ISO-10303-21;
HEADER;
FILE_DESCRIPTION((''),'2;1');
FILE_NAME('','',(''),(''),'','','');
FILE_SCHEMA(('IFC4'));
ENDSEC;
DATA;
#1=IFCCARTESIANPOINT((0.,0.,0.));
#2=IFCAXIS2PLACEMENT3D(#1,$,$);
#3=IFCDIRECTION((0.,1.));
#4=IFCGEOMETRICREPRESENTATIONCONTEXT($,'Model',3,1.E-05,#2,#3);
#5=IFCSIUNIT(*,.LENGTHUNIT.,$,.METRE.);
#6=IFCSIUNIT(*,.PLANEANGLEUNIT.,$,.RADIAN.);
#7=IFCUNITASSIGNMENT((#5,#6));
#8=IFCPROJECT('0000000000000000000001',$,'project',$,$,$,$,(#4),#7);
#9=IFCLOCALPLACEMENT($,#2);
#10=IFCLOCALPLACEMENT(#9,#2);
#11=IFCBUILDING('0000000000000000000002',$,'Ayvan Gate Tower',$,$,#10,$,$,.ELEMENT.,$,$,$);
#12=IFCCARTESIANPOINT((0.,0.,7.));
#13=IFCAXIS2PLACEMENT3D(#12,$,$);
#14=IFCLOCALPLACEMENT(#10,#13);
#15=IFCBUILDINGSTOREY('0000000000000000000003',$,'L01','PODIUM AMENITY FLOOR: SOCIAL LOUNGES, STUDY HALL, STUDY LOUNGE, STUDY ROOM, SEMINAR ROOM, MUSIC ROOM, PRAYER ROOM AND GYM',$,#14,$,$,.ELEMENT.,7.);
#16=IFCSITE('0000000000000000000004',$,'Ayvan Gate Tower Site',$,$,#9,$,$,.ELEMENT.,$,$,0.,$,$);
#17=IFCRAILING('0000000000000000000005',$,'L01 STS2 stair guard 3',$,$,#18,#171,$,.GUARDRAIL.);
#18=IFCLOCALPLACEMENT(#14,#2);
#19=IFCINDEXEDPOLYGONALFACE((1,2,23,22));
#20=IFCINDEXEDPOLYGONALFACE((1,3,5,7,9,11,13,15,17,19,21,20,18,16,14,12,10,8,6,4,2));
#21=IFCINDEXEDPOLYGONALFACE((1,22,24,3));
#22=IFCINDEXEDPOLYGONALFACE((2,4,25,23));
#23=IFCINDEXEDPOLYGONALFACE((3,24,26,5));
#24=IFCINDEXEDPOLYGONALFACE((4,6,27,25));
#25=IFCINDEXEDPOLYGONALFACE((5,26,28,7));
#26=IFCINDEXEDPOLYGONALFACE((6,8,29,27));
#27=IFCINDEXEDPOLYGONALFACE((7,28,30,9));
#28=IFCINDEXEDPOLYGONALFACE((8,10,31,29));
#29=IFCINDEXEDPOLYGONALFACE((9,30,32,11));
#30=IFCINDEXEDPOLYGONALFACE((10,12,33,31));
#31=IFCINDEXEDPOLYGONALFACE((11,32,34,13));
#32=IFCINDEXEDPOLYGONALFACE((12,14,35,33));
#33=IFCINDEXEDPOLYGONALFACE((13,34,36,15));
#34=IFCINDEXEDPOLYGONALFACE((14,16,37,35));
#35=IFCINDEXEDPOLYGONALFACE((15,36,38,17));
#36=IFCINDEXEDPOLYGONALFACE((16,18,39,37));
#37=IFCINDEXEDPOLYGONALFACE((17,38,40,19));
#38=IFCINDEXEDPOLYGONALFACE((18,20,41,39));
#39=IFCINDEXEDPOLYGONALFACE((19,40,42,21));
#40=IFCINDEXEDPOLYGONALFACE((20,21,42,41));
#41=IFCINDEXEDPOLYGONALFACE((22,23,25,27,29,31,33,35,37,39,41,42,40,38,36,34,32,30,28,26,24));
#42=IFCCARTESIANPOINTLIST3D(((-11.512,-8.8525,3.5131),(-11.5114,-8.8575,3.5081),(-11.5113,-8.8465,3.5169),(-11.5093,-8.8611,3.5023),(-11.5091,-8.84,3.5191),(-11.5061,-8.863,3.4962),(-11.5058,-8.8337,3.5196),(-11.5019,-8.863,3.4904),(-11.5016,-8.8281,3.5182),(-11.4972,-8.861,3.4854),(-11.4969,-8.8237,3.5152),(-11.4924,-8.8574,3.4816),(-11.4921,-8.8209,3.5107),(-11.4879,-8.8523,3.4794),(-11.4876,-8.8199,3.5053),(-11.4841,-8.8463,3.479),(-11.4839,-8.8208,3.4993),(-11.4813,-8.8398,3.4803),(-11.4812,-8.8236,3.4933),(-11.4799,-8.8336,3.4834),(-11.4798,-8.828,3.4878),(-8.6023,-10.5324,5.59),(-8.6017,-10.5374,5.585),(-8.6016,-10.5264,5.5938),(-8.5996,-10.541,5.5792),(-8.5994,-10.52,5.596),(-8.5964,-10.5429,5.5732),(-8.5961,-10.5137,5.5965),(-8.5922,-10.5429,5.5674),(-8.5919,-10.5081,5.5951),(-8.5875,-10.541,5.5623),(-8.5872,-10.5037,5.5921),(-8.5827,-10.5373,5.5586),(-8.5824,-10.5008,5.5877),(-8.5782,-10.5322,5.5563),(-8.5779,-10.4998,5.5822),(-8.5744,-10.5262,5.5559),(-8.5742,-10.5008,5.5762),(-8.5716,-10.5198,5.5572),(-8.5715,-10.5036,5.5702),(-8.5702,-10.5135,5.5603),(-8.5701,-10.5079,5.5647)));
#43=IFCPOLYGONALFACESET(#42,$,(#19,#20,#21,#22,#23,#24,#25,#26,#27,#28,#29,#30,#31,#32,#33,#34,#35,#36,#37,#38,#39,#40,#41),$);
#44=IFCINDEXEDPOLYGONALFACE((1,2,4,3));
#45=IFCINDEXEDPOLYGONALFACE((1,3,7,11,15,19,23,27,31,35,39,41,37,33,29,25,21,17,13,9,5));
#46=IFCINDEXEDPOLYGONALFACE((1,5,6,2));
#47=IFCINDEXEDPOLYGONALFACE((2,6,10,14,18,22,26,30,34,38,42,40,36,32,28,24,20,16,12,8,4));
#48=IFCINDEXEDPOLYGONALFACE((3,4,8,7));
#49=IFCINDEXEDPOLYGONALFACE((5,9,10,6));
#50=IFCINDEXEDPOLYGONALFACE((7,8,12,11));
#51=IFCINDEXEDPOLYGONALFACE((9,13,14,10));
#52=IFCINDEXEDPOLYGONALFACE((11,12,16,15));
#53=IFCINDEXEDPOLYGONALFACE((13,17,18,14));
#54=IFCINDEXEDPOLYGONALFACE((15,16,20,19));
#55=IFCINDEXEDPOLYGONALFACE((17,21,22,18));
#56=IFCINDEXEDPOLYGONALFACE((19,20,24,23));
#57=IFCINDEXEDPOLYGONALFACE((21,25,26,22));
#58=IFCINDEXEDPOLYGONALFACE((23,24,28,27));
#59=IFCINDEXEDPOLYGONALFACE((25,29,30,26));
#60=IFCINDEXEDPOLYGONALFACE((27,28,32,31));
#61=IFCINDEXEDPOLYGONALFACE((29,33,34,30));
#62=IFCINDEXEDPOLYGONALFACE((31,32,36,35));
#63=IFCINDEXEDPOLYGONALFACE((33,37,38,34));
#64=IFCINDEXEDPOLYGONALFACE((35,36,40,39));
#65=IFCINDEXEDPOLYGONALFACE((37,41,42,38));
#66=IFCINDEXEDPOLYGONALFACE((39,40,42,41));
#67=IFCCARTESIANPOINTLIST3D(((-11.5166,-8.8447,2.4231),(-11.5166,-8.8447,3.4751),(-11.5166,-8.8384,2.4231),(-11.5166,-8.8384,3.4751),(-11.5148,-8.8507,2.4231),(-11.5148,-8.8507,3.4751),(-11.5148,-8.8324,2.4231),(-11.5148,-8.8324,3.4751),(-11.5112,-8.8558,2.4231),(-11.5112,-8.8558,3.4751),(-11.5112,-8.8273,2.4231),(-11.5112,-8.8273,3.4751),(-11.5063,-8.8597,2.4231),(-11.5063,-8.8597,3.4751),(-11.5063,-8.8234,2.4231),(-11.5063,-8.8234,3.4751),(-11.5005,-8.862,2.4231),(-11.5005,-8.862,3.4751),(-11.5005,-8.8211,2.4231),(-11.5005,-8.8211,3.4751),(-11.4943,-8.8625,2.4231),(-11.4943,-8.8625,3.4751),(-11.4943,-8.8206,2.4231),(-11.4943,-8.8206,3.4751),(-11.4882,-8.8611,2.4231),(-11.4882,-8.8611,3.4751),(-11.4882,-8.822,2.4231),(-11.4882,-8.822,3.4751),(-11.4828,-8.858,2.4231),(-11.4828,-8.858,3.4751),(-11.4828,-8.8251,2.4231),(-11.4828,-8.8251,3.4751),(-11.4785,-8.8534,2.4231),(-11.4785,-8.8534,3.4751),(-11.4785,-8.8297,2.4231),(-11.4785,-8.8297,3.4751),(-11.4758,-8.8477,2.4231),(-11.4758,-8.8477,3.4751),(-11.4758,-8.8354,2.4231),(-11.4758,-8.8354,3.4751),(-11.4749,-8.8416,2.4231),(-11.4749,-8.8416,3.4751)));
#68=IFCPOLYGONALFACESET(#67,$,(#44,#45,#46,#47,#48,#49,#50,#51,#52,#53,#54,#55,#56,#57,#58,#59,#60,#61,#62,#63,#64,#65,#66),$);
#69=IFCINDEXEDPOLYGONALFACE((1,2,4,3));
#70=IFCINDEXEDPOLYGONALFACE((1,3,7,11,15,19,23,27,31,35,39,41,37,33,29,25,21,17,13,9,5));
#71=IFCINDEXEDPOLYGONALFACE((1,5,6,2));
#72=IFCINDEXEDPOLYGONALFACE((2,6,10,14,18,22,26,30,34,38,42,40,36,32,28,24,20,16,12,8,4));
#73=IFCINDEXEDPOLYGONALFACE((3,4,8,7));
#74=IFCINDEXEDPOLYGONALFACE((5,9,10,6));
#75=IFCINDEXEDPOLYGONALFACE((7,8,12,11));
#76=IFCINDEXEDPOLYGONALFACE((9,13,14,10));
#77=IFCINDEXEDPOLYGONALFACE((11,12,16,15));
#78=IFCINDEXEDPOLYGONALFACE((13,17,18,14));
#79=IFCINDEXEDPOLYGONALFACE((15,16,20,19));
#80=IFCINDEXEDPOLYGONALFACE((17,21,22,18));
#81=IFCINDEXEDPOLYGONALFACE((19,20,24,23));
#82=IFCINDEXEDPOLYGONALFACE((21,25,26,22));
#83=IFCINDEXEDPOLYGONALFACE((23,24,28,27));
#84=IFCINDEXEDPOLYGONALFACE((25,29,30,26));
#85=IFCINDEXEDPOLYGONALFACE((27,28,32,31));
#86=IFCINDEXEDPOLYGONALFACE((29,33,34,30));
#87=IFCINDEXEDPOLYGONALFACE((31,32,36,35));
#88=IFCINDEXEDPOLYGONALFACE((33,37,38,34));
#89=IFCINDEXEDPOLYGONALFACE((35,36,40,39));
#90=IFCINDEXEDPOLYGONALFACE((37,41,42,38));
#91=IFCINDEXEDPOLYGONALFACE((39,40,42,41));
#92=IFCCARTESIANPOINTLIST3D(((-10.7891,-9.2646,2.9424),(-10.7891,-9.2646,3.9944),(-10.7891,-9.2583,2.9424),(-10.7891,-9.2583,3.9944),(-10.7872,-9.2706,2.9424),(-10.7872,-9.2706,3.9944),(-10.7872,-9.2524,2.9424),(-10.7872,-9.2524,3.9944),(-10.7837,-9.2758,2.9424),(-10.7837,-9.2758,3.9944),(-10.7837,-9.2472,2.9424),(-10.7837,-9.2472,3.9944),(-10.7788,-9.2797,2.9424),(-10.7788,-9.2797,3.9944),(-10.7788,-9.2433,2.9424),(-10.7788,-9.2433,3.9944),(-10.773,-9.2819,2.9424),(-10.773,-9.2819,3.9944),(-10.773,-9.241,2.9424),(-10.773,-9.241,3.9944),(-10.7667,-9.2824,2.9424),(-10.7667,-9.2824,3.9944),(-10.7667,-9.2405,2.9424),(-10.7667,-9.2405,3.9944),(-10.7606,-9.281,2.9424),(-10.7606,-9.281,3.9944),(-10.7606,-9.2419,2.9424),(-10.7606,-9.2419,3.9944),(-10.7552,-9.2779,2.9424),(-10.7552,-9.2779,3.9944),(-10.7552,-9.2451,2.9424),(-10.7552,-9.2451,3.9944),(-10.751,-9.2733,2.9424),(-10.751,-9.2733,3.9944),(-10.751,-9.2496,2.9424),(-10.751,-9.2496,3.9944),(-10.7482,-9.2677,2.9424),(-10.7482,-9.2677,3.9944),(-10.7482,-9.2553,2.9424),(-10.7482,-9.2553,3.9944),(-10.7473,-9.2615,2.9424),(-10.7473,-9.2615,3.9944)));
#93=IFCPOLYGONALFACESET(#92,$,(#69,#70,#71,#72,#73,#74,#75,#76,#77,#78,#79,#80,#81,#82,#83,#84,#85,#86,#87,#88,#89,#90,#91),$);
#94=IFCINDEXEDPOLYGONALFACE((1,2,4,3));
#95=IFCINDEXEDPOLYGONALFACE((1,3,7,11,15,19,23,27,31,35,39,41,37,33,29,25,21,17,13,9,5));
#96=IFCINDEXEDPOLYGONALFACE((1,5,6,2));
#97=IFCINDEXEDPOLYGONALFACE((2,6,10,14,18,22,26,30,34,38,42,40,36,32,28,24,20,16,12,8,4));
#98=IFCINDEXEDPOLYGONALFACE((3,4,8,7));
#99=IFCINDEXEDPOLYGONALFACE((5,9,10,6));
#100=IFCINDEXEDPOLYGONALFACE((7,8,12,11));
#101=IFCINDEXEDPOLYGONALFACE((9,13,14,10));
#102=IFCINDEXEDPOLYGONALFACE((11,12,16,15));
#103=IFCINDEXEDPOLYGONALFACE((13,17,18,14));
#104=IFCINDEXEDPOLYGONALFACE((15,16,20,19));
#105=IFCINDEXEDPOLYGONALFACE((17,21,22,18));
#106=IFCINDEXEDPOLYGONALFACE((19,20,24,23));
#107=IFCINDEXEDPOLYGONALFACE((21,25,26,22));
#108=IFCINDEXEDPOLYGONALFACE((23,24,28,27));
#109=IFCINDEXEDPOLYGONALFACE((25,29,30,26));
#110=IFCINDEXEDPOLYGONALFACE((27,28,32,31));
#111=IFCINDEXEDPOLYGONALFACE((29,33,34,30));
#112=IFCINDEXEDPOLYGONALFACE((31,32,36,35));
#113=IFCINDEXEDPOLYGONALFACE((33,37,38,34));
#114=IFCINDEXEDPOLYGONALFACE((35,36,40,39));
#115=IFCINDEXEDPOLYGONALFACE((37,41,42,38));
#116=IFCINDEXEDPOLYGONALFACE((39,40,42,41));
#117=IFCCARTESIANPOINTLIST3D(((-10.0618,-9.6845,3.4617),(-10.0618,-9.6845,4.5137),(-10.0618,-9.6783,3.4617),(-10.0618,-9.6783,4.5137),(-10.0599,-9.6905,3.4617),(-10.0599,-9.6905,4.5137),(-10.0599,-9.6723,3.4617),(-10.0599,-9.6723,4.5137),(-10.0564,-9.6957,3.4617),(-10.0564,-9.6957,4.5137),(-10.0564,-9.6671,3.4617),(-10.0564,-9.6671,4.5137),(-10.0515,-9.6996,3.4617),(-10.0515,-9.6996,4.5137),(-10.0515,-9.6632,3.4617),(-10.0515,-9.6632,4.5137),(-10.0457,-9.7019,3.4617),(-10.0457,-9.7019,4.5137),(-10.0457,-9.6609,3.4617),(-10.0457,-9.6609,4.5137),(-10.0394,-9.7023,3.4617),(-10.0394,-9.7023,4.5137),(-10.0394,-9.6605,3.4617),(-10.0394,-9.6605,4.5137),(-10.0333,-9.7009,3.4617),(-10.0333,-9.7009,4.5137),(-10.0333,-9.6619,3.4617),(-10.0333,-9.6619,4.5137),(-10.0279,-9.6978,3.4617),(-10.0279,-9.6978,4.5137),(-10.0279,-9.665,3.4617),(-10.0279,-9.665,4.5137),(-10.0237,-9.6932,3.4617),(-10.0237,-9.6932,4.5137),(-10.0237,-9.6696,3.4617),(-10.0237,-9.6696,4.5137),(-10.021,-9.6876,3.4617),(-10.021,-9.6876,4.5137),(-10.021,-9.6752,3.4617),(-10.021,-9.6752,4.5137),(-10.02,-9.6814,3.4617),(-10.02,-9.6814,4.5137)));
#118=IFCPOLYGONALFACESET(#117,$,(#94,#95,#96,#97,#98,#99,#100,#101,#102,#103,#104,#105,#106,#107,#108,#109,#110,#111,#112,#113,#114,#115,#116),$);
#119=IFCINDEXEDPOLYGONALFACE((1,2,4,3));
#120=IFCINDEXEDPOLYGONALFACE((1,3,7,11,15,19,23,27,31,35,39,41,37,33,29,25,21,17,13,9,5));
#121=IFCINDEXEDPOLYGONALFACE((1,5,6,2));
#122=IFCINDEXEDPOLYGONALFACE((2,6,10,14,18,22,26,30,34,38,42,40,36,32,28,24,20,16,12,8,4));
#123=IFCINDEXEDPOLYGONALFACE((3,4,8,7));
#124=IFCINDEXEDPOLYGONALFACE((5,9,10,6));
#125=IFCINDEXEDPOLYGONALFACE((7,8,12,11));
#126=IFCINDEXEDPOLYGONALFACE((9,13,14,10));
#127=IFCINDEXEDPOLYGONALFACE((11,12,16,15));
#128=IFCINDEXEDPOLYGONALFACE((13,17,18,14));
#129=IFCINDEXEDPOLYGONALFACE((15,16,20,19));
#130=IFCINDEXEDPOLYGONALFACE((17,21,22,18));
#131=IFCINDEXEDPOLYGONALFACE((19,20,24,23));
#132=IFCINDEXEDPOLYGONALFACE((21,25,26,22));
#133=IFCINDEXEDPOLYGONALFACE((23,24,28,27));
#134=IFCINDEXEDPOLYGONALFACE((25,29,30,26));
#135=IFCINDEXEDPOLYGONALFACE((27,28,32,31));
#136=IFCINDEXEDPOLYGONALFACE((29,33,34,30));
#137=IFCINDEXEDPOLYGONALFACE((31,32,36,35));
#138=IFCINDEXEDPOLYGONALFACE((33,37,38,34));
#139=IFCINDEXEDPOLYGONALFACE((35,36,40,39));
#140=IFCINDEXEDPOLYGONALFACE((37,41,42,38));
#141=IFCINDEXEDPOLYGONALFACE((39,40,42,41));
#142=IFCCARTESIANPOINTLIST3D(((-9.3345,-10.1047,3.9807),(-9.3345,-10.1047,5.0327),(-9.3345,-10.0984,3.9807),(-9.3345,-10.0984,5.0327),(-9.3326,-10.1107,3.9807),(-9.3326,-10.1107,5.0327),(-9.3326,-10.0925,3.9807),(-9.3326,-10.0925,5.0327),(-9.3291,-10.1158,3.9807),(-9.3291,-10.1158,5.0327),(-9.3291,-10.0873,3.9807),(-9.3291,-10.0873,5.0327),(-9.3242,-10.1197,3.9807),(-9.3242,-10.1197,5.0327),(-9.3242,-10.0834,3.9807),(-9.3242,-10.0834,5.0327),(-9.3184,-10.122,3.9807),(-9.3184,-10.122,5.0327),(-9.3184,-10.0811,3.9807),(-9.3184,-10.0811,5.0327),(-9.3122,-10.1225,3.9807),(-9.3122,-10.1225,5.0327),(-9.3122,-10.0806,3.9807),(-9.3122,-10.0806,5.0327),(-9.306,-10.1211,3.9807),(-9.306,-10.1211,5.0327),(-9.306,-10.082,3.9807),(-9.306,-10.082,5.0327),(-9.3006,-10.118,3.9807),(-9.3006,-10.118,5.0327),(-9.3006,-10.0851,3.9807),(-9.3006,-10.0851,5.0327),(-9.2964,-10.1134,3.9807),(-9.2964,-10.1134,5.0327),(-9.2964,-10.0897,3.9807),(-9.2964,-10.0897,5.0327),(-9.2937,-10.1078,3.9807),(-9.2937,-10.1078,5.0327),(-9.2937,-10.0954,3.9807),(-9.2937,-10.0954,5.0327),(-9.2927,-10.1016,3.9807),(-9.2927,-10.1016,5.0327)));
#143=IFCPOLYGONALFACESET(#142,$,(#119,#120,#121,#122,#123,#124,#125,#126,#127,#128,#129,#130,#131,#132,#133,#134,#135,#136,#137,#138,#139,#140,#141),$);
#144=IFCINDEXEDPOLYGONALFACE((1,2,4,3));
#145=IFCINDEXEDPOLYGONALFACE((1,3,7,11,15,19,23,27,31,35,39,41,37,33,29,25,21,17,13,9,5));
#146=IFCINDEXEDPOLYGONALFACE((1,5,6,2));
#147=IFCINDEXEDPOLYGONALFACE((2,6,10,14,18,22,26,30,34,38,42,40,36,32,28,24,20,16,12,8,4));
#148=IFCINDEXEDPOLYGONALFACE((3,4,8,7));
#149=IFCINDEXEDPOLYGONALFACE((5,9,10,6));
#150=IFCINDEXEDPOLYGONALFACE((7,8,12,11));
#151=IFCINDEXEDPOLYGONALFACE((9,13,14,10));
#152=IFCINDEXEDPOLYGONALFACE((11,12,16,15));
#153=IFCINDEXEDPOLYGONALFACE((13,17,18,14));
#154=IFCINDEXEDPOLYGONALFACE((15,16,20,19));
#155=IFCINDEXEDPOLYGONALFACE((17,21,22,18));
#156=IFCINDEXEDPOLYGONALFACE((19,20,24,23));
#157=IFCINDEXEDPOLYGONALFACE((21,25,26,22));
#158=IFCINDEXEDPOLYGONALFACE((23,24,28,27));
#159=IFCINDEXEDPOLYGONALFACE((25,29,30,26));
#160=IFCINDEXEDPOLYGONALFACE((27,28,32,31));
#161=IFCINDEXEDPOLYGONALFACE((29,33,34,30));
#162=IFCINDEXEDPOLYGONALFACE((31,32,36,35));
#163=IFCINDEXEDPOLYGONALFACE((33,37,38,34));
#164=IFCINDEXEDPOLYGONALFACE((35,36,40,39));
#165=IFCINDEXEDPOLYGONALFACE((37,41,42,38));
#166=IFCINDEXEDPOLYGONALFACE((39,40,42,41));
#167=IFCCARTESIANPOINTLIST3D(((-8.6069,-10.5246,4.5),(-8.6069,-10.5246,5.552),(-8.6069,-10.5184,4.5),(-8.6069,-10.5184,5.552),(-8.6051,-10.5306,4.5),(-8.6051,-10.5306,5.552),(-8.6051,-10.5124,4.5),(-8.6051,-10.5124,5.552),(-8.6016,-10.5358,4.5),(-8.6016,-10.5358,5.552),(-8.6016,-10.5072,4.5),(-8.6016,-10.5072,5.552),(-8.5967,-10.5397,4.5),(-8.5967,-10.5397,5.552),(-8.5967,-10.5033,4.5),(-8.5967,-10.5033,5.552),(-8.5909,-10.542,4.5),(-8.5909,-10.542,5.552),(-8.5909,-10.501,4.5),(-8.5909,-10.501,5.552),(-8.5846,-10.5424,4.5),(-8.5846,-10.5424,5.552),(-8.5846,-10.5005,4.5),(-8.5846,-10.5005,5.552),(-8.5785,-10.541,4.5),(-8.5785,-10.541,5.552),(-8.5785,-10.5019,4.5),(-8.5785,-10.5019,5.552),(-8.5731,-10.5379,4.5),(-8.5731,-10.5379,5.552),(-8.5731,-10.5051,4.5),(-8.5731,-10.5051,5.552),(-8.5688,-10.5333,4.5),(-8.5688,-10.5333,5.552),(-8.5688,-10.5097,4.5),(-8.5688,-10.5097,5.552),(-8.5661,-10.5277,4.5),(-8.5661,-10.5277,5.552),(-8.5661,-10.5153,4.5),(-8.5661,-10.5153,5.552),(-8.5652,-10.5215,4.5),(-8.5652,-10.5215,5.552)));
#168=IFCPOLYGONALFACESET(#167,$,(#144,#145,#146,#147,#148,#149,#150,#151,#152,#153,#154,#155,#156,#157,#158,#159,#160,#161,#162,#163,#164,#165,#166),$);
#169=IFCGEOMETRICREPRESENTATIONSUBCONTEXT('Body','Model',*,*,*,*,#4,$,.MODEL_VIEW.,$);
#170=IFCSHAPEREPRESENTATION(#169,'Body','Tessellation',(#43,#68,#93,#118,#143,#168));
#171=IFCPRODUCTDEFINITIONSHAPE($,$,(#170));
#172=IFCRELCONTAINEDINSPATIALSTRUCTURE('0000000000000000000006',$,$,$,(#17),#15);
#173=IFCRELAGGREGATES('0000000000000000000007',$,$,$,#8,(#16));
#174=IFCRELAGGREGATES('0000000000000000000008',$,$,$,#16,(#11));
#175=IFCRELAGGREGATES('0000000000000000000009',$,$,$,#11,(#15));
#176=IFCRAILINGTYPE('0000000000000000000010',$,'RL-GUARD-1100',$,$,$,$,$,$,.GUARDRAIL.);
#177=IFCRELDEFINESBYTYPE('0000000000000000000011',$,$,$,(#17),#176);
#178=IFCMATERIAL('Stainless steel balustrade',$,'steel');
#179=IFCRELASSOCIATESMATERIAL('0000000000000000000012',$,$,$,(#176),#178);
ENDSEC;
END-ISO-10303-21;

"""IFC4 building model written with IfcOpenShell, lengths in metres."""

from ifc_helpers import new_model, si_unit, direction, frame, origin, origin_2d, place, context, subcontext, project, spatial, circle, extrude, material, type_object, element, save


model = new_model("IFC4")

# Units and contexts
model_context = context("Model", 3, precision=1e-05, world=origin(), true_north=direction((0.0, 1.0)))
body_context = subcontext(model_context, "Body", "Model", "MODEL_VIEW")
ifc_project = project(units=[si_unit("LENGTHUNIT", "METRE"), si_unit("PLANEANGLEUNIT", "RADIAN")], contexts=[model_context])

# Site, building, storey
site_placement = place(None, origin())
site = spatial("IfcSite", under=ifc_project, at=site_placement, Name="Ayvan Gate Tower Site", CompositionType="ELEMENT", RefElevation=0.0)
building_placement = place(site_placement, origin())
building = spatial("IfcBuilding", under=site, at=building_placement, Name="Ayvan Gate Tower", CompositionType="ELEMENT")
storey_placement = place(building_placement, frame((0.0, 0.0, 7.0)))
storey = spatial("IfcBuildingStorey", under=building, at=storey_placement, Name="L01", Description="PODIUM AMENITY FLOOR: SOCIAL LOUNGES, STUDY HALL, STUDY LOUNGE, STUDY ROOM, SEMINAR ROOM, MUSIC ROOM, PRAYER ROOM AND GYM", CompositionType="ELEMENT", Elevation=7.0)

# Railing
ifc_material_1 = material(Name="Stainless steel balustrade", Category="steel")
railing_type_1 = type_object("IfcRailingType", Name="RL-GUARD-1100", PredefinedType="GUARDRAIL", material=ifc_material_1)
railing_1_placement = place(storey_placement, frame((-11.4958, -8.8416, 2.4231)))
element("IfcRailing", 1, at=railing_1_placement, inside=storey, type_object=railing_type_1, Name="L01 STS2 stair guard 3", PredefinedType="GUARDRAIL", context=body_context, shape_type="SweptSolid", body=[
    extrude(circle(Radius=0.0239, at=origin_2d()), frame((0.0, 0.0, 1.0762), z_axis=(0.73664, -0.425308, 0.525809), x_axis=(0.500008, 0.866021, 0.0)), (0.0, 0.0, 1.0), 3.95),
    extrude(circle(Radius=0.021, at=origin_2d()), origin(), (0.0, 0.0, 1.0), 1.052),
    extrude(circle(Radius=0.021, at=origin_2d()), frame((0.7275, -0.4199, 0.5193)), (0.0, 0.0, 1.0), 1.052),
    extrude(circle(Radius=0.021, at=origin_2d()), frame((1.4548, -0.8398, 1.0386)), (0.0, 0.0, 1.0), 1.052),
    extrude(circle(Radius=0.021, at=origin_2d()), frame((2.1821, -1.26, 1.5576)), (0.0, 0.0, 1.0), 1.052),
    extrude(circle(Radius=0.021, at=origin_2d()), frame((2.9097, -1.6799, 2.0769)), (0.0, 0.0, 1.0), 1.052),
])

save(model, "model.ifc")
